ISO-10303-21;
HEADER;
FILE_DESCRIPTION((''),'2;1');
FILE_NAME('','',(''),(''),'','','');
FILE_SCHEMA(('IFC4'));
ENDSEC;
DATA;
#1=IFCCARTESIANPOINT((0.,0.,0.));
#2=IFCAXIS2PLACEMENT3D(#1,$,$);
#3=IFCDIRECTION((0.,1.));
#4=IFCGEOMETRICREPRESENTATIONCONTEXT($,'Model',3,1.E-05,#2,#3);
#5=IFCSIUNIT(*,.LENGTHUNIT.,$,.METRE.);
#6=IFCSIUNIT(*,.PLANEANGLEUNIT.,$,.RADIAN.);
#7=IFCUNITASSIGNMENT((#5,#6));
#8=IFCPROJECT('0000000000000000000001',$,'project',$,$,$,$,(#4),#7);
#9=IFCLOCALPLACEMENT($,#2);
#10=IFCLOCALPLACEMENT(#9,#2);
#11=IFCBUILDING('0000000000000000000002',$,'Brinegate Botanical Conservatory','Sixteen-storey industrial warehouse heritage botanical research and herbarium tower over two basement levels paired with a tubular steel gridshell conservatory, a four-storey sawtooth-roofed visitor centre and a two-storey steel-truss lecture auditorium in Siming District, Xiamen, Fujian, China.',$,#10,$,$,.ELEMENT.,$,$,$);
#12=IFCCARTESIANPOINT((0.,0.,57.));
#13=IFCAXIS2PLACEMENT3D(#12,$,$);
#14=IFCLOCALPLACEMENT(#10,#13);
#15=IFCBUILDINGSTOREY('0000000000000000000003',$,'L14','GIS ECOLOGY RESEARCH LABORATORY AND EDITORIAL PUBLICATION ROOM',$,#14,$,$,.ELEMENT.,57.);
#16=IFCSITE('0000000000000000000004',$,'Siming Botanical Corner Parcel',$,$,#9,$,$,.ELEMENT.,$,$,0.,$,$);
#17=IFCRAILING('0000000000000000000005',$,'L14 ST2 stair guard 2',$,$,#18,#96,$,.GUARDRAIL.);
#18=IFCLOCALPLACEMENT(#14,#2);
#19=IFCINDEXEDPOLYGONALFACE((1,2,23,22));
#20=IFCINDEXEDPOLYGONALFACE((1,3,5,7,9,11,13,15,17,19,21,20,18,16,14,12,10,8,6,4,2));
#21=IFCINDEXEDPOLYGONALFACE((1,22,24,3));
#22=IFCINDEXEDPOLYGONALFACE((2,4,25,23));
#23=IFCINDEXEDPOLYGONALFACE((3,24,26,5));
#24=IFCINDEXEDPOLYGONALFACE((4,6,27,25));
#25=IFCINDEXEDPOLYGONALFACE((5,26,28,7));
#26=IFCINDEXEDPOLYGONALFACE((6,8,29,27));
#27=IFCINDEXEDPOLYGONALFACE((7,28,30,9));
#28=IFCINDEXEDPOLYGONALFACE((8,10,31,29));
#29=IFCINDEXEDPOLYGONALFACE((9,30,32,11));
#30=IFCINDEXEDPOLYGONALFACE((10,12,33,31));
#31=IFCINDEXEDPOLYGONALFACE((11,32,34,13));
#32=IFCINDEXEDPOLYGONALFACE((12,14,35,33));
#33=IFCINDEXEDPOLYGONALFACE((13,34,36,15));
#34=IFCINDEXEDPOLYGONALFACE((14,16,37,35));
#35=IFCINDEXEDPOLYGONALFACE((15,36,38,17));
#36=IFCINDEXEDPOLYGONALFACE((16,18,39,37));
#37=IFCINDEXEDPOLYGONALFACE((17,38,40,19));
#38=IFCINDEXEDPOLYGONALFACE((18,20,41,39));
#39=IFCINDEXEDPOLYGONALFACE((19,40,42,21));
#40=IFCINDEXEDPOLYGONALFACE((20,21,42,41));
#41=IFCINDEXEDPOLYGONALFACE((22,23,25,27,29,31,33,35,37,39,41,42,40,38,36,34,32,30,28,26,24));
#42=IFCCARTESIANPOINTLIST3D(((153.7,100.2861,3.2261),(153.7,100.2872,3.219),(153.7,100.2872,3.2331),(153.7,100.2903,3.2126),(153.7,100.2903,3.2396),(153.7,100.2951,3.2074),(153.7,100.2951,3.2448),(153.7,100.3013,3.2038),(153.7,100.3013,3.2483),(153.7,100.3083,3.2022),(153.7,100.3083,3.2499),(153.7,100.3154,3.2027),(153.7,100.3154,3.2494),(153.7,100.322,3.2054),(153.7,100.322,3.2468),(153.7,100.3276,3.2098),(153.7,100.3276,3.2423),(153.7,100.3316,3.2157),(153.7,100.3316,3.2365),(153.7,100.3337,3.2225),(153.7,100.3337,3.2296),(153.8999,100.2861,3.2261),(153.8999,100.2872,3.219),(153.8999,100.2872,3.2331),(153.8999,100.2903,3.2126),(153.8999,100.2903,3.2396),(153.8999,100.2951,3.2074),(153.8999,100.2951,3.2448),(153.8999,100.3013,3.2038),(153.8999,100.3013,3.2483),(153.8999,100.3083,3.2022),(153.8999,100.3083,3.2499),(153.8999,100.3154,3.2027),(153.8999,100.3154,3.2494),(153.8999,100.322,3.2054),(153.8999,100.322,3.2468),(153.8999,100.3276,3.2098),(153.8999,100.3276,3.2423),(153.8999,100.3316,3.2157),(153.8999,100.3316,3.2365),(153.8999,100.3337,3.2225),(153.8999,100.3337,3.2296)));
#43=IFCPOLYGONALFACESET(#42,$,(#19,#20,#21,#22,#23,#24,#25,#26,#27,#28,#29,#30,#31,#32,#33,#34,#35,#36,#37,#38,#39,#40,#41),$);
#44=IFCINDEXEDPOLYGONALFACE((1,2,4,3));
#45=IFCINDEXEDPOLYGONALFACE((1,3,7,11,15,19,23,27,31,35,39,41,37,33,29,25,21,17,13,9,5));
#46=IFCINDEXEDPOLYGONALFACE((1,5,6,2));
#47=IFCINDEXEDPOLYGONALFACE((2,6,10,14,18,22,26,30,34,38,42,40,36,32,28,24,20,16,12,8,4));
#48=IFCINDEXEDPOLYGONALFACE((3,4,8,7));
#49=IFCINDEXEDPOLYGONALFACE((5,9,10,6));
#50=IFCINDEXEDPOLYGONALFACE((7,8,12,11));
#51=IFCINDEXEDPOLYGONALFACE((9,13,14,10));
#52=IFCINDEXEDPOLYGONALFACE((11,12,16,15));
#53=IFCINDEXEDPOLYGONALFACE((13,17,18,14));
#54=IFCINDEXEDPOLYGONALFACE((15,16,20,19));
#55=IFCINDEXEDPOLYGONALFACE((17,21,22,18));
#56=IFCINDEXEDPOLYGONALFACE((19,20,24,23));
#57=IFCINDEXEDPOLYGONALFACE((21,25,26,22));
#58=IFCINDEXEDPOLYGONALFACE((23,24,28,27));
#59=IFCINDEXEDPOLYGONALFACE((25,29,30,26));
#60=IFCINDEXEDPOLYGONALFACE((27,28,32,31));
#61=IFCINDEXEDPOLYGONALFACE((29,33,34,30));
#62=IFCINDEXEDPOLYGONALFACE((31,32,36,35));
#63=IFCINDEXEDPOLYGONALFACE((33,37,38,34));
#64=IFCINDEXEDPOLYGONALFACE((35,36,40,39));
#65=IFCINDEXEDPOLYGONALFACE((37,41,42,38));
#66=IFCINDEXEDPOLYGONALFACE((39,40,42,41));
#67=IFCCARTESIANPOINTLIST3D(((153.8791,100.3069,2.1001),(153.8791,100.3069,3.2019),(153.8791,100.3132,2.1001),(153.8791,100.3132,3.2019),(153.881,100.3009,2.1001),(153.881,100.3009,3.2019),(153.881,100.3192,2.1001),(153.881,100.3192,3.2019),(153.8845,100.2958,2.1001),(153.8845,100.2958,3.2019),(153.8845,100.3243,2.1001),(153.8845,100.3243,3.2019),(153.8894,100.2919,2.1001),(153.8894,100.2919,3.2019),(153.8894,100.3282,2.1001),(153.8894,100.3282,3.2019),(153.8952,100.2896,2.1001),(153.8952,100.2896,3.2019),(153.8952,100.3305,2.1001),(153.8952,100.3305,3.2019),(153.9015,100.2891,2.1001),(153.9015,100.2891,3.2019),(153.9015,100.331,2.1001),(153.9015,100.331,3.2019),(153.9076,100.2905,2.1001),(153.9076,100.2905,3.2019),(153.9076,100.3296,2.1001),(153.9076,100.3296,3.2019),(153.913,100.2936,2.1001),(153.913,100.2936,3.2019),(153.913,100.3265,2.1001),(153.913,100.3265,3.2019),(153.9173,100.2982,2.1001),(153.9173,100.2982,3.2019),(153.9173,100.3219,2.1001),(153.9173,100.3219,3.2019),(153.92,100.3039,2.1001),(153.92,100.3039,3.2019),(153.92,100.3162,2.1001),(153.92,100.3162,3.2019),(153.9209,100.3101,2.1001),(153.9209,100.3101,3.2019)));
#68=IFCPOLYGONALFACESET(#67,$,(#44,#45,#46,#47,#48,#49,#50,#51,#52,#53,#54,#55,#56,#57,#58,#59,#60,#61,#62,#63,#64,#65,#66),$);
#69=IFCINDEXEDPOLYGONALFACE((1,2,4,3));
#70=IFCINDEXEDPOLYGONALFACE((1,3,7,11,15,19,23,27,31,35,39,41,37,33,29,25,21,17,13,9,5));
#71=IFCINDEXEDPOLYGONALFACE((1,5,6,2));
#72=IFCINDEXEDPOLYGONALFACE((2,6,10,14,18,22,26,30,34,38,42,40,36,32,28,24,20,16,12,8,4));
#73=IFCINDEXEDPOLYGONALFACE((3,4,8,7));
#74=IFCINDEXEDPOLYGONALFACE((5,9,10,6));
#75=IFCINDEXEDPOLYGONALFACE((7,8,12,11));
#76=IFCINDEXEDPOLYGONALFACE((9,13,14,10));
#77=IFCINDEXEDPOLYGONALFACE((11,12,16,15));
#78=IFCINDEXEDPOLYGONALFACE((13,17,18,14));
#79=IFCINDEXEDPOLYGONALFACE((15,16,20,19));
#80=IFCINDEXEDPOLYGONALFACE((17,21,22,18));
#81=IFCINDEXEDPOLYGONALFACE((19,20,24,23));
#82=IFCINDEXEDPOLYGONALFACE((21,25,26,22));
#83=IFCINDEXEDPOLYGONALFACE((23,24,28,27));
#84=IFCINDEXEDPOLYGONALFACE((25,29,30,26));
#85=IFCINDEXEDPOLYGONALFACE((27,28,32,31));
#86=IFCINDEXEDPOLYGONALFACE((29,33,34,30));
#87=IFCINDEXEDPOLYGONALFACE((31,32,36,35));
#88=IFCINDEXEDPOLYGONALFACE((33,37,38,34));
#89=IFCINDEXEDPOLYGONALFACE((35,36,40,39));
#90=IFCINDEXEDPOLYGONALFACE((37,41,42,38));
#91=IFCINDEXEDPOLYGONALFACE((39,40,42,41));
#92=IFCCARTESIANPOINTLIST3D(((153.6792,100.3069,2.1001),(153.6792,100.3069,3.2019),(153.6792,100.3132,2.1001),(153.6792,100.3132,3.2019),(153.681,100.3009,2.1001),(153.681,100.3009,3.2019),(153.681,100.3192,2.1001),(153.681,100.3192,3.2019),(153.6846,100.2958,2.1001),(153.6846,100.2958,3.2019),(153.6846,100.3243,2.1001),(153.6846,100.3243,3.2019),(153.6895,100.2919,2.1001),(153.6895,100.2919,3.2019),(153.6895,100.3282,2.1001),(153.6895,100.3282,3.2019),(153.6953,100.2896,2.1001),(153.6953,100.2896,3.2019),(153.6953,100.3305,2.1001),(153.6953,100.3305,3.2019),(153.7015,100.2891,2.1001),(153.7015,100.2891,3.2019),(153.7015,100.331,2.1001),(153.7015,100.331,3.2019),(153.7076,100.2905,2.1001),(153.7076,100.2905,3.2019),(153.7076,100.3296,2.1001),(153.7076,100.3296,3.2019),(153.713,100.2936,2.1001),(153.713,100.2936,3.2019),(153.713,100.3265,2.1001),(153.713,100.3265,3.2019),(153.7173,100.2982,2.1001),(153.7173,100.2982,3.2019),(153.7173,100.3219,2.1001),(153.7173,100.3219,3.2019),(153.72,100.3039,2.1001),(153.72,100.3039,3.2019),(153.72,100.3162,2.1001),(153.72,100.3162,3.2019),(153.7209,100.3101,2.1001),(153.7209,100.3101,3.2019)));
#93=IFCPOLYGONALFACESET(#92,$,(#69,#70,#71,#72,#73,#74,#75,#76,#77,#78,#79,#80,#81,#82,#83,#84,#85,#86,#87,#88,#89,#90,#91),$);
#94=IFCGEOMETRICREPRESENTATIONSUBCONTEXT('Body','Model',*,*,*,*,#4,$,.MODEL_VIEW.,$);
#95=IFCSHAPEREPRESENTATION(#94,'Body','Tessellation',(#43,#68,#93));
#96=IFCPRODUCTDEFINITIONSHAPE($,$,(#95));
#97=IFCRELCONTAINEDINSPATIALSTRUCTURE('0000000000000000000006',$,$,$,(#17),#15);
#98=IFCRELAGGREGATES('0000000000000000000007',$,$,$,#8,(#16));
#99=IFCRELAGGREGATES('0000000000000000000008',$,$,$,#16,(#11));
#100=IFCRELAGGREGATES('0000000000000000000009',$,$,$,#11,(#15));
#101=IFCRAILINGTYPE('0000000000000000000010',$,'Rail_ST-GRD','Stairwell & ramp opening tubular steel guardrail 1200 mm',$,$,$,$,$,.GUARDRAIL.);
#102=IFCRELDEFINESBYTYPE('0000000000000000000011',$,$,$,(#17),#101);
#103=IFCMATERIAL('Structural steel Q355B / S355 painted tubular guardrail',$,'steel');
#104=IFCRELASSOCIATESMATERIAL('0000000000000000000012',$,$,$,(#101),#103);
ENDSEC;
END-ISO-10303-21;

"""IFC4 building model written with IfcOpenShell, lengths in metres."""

from ifc_helpers import new_model, si_unit, direction, frame, origin, origin_2d, place, context, subcontext, project, spatial, circle, extrude, material, type_object, element, save


model = new_model("IFC4")

# Units and contexts
model_context = context("Model", 3, precision=1e-05, world=origin(), true_north=direction((0.0, 1.0)))
body_context = subcontext(model_context, "Body", "Model", "MODEL_VIEW")
ifc_project = project(units=[si_unit("LENGTHUNIT", "METRE"), si_unit("PLANEANGLEUNIT", "RADIAN")], contexts=[model_context])

# Site, building, storey
site_placement = place(None, origin())
site = spatial("IfcSite", under=ifc_project, at=site_placement, Name="Siming Botanical Corner Parcel", CompositionType="ELEMENT", RefElevation=0.0)
building_placement = place(site_placement, origin())
building = spatial("IfcBuilding", under=site, at=building_placement, Name="Brinegate Botanical Conservatory", Description="Sixteen-storey industrial warehouse heritage botanical research and herbarium tower over two basement levels paired with a tubular steel gridshell conservatory, a four-storey sawtooth-roofed visitor centre and a two-storey steel-truss lecture auditorium in Siming District, Xiamen, Fujian, China.", CompositionType="ELEMENT")
storey_placement = place(building_placement, frame((0.0, 0.0, 57.0)))
storey = spatial("IfcBuildingStorey", under=building, at=storey_placement, Name="L14", Description="GIS ECOLOGY RESEARCH LABORATORY AND EDITORIAL PUBLICATION ROOM", CompositionType="ELEMENT", Elevation=57.0)

# Railing
ifc_material_1 = material(Name="Structural steel Q355B / S355 painted tubular guardrail", Category="steel")
railing_type_1 = type_object("IfcRailingType", Name="Rail_ST-GRD", Description="Stairwell & ramp opening tubular steel guardrail 1200 mm", PredefinedType="GUARDRAIL", material=ifc_material_1)
railing_1_placement = place(storey_placement, frame((153.8999, 100.3101, 2.1001)))
element("IfcRailing", 1, at=railing_1_placement, inside=storey, type_object=railing_type_1, Name="L14 ST2 stair guard 2", PredefinedType="GUARDRAIL", context=body_context, shape_type="SweptSolid", body=[
    extrude(circle(Radius=0.0239, at=origin_2d()), frame((0.0, 0.0, 1.126), z_axis=(-1.0, 0.0, 0.0), x_axis=(0.0, -1.0, 0.0)), (0.0, 0.0, 1.0), 0.2),
    extrude(circle(Radius=0.021, at=origin_2d()), origin(), (0.0, 0.0, 1.0), 1.1018),
    extrude(circle(Radius=0.021, at=origin_2d()), frame((-0.2, 0.0, 0.0)), (0.0, 0.0, 1.0), 1.1018),
])

save(model, "model.ifc")
